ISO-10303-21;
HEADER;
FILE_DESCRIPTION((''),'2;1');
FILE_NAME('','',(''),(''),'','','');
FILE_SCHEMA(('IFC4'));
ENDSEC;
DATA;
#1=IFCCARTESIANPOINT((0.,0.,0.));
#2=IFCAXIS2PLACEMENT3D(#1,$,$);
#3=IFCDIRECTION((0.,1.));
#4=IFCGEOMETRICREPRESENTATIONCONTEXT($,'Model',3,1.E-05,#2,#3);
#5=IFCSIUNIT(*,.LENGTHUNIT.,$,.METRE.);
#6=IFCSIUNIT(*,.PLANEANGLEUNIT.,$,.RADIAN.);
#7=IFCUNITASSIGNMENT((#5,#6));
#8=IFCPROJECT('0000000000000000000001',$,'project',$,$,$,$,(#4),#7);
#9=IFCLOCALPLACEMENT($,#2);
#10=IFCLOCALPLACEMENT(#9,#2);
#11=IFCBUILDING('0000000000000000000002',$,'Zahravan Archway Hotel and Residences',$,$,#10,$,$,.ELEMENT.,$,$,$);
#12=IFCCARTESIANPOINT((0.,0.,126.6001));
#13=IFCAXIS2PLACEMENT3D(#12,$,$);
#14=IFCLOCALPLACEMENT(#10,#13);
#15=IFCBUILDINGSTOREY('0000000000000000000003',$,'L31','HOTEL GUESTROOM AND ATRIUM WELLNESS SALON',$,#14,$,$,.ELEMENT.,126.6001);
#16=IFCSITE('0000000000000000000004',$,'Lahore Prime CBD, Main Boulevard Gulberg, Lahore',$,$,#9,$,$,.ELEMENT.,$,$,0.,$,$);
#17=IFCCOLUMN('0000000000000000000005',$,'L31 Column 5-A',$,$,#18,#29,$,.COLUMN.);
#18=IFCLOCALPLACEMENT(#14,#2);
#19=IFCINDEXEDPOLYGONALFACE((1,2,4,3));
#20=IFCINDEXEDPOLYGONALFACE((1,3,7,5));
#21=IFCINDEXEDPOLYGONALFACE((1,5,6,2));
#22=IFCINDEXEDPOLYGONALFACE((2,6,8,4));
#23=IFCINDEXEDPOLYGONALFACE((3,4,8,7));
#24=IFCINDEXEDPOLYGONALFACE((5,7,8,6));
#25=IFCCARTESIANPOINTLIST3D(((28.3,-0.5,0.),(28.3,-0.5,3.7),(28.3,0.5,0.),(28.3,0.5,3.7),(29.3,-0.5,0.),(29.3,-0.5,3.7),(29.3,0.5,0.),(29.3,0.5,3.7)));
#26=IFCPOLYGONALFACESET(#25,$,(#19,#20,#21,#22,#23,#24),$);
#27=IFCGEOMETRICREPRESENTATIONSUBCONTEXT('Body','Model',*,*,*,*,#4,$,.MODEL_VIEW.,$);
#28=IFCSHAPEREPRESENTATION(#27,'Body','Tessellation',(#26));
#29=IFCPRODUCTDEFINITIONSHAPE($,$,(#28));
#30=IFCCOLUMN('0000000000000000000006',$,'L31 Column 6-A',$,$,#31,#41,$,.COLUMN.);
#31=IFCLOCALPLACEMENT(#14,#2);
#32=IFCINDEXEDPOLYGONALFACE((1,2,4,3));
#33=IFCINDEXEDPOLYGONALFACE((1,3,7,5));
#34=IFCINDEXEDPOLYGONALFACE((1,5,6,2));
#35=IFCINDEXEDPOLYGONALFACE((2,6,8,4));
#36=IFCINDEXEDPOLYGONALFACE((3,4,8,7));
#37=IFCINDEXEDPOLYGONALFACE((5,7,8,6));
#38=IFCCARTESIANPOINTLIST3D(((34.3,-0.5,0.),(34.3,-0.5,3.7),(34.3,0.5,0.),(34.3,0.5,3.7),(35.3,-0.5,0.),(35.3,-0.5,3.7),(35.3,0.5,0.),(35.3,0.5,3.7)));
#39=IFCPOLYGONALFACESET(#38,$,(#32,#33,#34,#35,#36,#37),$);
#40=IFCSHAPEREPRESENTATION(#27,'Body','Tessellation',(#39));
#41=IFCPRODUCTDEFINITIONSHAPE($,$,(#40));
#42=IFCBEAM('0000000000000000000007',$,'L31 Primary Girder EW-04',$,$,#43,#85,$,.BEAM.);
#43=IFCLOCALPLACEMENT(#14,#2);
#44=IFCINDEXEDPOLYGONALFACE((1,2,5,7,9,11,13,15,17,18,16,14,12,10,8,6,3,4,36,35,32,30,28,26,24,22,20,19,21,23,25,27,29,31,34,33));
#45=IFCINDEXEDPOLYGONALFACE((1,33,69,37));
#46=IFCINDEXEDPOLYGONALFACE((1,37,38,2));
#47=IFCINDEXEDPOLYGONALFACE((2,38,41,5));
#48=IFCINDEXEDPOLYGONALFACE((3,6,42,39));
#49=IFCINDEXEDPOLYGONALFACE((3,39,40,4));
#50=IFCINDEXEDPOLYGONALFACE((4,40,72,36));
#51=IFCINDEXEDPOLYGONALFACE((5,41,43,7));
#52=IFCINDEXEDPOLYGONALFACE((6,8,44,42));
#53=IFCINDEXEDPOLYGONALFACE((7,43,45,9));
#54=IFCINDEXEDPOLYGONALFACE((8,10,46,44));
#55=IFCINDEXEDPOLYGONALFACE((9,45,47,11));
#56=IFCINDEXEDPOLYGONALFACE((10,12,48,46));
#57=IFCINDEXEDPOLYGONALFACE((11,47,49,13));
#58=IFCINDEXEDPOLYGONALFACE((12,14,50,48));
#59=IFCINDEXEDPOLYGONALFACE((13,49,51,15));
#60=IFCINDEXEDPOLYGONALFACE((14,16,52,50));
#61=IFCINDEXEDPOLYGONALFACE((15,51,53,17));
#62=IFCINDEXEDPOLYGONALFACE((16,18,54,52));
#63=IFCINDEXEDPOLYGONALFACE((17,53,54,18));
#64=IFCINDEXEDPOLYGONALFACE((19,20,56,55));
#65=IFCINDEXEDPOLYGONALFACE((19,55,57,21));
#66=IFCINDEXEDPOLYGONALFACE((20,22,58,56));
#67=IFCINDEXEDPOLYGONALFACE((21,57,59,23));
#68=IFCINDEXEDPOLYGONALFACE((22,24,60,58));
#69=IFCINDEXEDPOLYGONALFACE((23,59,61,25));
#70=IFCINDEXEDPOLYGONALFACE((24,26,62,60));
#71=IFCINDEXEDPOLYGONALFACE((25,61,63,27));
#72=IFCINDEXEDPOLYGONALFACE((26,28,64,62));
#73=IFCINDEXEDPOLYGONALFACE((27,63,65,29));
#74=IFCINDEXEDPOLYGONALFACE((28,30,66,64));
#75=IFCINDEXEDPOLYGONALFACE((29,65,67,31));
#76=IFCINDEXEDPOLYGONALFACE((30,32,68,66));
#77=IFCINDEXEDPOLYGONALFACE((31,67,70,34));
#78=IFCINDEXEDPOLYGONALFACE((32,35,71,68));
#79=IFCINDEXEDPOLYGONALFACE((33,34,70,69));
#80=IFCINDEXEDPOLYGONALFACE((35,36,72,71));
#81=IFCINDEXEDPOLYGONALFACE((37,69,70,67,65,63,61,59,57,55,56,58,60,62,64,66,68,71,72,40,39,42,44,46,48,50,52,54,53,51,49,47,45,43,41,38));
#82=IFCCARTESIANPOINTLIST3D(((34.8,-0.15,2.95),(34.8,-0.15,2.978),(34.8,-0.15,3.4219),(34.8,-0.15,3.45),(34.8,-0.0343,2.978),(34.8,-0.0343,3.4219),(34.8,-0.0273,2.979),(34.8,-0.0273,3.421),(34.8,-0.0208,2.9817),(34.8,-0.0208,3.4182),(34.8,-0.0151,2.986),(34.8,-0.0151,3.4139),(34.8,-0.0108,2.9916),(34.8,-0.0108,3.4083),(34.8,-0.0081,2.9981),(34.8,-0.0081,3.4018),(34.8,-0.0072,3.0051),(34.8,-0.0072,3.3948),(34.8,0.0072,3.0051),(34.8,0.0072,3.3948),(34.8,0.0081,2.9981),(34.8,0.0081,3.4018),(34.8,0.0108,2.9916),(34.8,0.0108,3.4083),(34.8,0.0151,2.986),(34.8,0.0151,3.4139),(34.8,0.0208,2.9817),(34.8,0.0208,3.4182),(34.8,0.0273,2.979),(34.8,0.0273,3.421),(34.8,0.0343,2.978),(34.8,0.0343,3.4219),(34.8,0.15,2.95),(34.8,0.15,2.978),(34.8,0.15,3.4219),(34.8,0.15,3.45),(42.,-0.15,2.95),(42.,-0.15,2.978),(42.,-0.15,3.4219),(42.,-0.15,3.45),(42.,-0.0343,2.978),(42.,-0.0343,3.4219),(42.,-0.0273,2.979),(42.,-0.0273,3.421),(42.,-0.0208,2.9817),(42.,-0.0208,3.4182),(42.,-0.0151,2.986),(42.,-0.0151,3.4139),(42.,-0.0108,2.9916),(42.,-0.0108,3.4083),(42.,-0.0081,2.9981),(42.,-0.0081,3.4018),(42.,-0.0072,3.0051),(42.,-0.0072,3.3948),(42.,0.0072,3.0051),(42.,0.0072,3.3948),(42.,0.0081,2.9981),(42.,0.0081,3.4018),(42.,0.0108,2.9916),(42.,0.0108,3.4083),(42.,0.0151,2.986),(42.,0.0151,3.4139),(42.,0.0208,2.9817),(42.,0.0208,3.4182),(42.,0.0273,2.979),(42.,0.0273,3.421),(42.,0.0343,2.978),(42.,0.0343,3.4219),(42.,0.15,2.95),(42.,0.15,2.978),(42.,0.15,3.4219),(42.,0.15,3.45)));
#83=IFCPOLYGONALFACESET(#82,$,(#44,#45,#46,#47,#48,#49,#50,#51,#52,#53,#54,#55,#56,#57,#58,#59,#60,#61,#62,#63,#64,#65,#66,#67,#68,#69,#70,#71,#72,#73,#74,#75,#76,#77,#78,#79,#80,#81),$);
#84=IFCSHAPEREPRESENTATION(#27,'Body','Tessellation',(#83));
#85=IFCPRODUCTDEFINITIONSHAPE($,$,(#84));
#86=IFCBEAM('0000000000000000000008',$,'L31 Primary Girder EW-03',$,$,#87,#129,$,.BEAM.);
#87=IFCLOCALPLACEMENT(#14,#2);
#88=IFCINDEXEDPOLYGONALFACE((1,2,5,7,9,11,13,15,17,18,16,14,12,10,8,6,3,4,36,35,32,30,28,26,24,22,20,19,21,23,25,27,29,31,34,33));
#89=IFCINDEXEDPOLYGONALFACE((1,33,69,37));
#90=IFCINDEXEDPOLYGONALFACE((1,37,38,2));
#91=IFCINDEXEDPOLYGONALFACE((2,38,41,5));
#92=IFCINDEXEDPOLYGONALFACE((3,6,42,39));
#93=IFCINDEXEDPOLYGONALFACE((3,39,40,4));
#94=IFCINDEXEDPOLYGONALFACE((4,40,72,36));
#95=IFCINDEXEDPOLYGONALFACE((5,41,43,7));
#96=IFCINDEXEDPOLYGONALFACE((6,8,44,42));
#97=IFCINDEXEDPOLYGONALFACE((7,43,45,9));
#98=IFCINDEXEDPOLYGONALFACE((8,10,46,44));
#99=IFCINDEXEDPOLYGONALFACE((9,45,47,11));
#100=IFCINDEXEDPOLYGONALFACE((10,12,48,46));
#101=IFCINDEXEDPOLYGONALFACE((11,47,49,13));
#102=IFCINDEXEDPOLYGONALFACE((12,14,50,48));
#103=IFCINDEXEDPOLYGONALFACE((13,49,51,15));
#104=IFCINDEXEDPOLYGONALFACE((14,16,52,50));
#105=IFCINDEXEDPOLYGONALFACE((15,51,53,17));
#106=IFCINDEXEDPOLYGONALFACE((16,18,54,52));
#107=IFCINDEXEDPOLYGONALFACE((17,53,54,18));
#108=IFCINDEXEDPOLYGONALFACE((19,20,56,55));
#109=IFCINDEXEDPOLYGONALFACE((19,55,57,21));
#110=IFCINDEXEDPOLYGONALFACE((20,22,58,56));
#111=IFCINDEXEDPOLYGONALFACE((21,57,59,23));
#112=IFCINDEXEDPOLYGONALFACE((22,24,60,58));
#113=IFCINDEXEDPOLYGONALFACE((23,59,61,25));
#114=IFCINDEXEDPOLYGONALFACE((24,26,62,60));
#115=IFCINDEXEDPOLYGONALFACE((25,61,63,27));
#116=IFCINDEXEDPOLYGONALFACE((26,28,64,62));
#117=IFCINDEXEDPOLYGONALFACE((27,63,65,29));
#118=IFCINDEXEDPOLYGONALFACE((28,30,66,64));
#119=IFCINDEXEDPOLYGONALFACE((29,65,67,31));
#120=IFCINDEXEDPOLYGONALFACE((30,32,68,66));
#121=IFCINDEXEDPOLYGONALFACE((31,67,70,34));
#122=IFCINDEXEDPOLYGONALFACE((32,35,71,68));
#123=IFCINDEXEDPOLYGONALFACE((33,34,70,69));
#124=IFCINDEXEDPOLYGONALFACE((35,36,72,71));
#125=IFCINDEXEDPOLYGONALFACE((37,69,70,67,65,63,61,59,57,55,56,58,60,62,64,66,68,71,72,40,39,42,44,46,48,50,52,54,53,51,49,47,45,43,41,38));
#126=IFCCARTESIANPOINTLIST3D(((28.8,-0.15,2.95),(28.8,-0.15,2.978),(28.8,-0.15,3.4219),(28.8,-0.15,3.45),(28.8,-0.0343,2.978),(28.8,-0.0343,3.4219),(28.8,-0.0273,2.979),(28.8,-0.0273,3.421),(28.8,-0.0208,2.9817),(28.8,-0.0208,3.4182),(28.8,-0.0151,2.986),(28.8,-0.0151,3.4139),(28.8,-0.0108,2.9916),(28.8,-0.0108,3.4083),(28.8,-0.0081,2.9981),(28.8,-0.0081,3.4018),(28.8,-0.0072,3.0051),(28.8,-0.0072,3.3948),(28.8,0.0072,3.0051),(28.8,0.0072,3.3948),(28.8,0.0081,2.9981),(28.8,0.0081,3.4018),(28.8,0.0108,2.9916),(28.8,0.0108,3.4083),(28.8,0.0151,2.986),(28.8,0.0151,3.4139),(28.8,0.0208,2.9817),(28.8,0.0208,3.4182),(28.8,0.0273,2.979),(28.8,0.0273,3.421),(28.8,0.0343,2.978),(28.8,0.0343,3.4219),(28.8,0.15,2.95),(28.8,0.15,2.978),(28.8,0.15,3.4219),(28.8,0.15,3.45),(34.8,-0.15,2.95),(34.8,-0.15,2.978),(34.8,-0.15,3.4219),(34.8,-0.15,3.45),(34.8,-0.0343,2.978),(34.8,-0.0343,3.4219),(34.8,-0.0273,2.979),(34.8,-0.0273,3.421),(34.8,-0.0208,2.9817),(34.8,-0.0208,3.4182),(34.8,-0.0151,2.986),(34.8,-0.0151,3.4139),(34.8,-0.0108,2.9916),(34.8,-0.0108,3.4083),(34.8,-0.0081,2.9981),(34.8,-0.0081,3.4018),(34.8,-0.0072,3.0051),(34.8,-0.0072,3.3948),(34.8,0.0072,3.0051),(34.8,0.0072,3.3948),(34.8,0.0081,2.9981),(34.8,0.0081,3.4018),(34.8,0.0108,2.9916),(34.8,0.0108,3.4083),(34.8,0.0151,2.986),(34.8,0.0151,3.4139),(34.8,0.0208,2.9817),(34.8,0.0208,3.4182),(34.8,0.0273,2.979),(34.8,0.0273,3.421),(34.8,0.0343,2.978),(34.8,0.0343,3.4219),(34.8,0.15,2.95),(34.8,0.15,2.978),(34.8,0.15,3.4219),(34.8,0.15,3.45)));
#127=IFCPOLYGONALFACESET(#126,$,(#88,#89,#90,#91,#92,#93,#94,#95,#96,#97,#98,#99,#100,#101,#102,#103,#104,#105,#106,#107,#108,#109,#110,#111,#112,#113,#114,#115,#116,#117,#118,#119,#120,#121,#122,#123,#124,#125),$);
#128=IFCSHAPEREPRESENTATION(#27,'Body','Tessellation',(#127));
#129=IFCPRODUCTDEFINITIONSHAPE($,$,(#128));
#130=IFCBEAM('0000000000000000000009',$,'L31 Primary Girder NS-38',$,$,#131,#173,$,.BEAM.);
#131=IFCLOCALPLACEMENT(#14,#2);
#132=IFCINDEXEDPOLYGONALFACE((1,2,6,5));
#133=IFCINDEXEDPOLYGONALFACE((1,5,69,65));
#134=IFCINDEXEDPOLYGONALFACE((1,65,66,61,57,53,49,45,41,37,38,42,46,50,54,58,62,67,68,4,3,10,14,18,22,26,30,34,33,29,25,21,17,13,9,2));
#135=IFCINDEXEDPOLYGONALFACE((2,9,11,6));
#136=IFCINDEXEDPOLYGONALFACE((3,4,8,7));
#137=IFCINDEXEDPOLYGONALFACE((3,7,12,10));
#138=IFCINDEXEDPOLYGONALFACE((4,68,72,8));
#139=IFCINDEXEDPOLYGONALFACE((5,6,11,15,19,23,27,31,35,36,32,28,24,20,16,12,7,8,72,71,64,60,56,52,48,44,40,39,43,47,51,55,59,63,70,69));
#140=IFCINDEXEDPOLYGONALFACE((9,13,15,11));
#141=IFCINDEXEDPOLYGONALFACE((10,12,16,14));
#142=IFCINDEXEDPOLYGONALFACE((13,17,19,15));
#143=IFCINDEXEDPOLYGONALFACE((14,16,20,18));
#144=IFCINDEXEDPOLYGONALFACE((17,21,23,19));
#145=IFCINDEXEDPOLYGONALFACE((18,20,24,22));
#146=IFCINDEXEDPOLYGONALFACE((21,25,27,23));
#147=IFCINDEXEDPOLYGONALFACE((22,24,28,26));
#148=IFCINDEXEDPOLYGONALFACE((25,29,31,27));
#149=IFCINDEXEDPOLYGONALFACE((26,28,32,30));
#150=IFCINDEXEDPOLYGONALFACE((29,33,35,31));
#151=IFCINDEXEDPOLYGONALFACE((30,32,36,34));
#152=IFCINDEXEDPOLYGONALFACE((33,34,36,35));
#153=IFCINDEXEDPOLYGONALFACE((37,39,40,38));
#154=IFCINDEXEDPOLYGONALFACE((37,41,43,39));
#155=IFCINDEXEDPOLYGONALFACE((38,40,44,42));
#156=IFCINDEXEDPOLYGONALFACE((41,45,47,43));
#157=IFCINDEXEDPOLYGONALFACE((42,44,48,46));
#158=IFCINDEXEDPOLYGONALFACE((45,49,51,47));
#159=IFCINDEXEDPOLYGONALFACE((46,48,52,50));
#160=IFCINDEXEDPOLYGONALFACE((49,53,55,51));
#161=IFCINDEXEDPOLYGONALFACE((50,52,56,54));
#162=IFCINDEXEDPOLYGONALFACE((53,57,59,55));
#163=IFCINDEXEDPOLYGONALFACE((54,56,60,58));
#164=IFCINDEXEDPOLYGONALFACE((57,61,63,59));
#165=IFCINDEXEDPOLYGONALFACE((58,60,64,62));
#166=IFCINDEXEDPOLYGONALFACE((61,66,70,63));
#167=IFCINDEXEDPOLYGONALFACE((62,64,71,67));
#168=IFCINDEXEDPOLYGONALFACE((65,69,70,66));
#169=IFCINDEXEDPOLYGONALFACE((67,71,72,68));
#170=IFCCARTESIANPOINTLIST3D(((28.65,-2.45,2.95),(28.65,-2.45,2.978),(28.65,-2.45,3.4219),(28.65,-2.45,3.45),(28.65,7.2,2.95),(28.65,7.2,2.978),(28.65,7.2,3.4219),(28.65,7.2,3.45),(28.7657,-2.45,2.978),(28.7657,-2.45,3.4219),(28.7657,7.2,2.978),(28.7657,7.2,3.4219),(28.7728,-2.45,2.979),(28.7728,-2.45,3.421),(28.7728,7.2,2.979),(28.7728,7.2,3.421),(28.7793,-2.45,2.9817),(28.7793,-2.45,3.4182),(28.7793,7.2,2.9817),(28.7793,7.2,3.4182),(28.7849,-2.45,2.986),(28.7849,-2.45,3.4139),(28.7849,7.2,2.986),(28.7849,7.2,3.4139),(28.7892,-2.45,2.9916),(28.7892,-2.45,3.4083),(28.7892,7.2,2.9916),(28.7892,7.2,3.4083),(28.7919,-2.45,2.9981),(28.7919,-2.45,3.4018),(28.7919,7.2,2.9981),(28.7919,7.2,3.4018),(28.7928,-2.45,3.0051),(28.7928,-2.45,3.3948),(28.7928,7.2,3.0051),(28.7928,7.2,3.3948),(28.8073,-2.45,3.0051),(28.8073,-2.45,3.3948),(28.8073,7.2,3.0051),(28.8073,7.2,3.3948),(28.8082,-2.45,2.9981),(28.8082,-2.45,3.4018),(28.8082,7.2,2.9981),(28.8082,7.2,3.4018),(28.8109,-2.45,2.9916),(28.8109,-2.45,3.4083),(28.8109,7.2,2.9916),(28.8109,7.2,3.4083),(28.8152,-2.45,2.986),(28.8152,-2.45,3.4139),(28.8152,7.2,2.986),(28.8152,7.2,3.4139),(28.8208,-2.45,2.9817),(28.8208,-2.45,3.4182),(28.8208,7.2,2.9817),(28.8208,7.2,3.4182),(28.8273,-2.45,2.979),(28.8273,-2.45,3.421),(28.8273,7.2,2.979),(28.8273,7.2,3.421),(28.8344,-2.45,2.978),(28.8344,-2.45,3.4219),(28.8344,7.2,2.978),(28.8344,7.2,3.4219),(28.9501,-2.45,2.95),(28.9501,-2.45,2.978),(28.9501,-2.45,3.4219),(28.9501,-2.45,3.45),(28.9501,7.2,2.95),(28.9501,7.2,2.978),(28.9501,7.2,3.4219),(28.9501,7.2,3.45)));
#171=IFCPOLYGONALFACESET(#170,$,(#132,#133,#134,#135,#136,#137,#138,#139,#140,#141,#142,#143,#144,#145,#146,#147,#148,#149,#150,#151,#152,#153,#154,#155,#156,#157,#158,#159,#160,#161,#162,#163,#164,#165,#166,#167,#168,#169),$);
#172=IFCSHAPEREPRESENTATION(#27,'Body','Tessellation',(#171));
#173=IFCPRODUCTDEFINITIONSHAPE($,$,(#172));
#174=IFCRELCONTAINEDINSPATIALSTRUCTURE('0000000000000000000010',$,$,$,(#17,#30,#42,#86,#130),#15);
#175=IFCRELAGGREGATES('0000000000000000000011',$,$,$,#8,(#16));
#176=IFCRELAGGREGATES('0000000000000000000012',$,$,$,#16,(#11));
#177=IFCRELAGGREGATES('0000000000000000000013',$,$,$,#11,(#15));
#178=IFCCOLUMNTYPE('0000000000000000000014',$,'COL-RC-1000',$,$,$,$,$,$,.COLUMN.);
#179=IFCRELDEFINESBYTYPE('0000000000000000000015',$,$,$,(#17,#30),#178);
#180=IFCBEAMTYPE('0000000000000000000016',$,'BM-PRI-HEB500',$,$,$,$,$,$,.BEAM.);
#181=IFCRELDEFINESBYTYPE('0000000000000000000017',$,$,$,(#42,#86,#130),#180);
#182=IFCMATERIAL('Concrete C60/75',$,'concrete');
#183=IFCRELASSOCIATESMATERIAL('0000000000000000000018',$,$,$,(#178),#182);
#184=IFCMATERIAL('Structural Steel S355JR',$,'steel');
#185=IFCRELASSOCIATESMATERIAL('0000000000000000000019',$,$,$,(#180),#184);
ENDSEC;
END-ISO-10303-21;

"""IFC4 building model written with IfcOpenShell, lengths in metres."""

from ifc_helpers import new_model, si_unit, direction, frame, origin, origin_2d, place, context, subcontext, project, spatial, rectangle, i_section, extrude, source, transform, mapped, material, material_profile, profile_set, type_object, type_shapes, element, save


model = new_model("IFC4")

# Units and contexts
model_context = context("Model", 3, precision=1e-05, world=origin(), true_north=direction((0.0, 1.0)))
body_context = subcontext(model_context, "Body", "Model", "MODEL_VIEW")
ifc_project = project(units=[si_unit("LENGTHUNIT", "METRE"), si_unit("PLANEANGLEUNIT", "RADIAN")], contexts=[model_context])

# Site, building, storey
site_placement = place(None, origin())
site = spatial("IfcSite", under=ifc_project, at=site_placement, Name="Lahore Prime CBD, Main Boulevard Gulberg, Lahore", CompositionType="ELEMENT", RefElevation=0.0)
building_placement = place(site_placement, origin())
building = spatial("IfcBuilding", under=site, at=building_placement, Name="Zahravan Archway Hotel and Residences", CompositionType="ELEMENT")
storey_placement = place(building_placement, frame((0.0, 0.0, 126.6001)))
storey = spatial("IfcBuildingStorey", under=building, at=storey_placement, Name="L31", Description="HOTEL GUESTROOM AND ATRIUM WELLNESS SALON", CompositionType="ELEMENT", Elevation=126.6001)

# Columns
ifc_material_1 = material(Name="Concrete C60/75", Category="concrete")
ifc_material_profile_1 = material_profile(ifc_material_1, rectangle(XDim=1.0, YDim=1.0, at=origin_2d()), Name="RC-COL-1000x1000", Category="concrete")
ifc_profile_set_1 = profile_set([ifc_material_profile_1], Name="Concrete C60/75")
column_type = type_object("IfcColumnType", Name="COL-RC-1000", PredefinedType="COLUMN", material=ifc_profile_set_1)
shared_shape_1 = source(origin(), body_context, "Body", "SweptSolid", [
    extrude(rectangle(XDim=1.0, YDim=1.0, at=origin_2d()), origin(), (0.0, 0.0, 1.0), 3.7),
])
type_shapes(column_type, [shared_shape_1])
for number, where, z_axis, x_axis, name in (
    (1, (28.8, 0.0, 0.0), (0.0, 0.0, 1.0), (1.0, 0.0, 0.0), "L31 Column 5-A"),
    (2, (34.8, 0.0, 0.0), (0.0, 0.0, 1.0), (1.0, 0.0, 0.0), "L31 Column 6-A"),
):
    element("IfcColumn", number, at=place(storey_placement, frame(where, z_axis=z_axis, x_axis=x_axis)), inside=storey, type_object=column_type, Name=name, PredefinedType="COLUMN", context=body_context, shape_type="MappedRepresentation", body=[
        mapped(shared_shape_1, transform((0.0, 0.0, 0.0), scale=1.0)),
    ])

# Beams
ifc_material_2 = material(Name="Structural Steel S355JR", Category="steel")
ifc_material_profile_2 = material_profile(ifc_material_2, i_section(OverallWidth=0.3, OverallDepth=0.5, WebThickness=0.0144, FlangeThickness=0.0281, FilletRadius=0.0271, at=origin_2d()), Name="HEB 500", Category="steel")
ifc_profile_set_2 = profile_set([ifc_material_profile_2], Name="Structural Steel S355JR")
beam_type_1 = type_object("IfcBeamType", Name="BM-PRI-HEB500", PredefinedType="BEAM", material=ifc_profile_set_2)
shared_shape_2 = source(origin(), body_context, "Body", "SweptSolid", [
    extrude(i_section(OverallWidth=0.3, OverallDepth=0.5, WebThickness=0.0144, FlangeThickness=0.0281, FilletRadius=0.0271, at=origin_2d()), origin(), (0.0, 0.0, 1.0), 7.2),
])
beam_1_placement = place(storey_placement, frame((34.8, 0.0, 3.2), z_axis=(1.0, 0.0, 0.0), x_axis=(0.0, 1.0, 0.0)))
element("IfcBeam", 3, at=beam_1_placement, inside=storey, type_object=beam_type_1, Name="L31 Primary Girder EW-04", PredefinedType="BEAM", context=body_context, shape_type="MappedRepresentation", body=[
    mapped(shared_shape_2, transform((0.0, 0.0, 0.0), scale=1.0)),
])
shared_shape_3 = source(origin(), body_context, "Body", "SweptSolid", [
    extrude(i_section(OverallWidth=0.3, OverallDepth=0.5, WebThickness=0.0144, FlangeThickness=0.0281, FilletRadius=0.0271, at=origin_2d()), origin(), (0.0, 0.0, 1.0), 6.0),
])
beam_2_placement = place(storey_placement, frame((28.8, 0.0, 3.2), z_axis=(1.0, 0.0, 0.0), x_axis=(0.0, 1.0, 0.0)))
element("IfcBeam", 4, at=beam_2_placement, inside=storey, type_object=beam_type_1, Name="L31 Primary Girder EW-03", PredefinedType="BEAM", context=body_context, shape_type="MappedRepresentation", body=[
    mapped(shared_shape_3, transform((0.0, 0.0, 0.0), scale=1.0)),
])
shared_shape_4 = source(origin(), body_context, "Body", "SweptSolid", [
    extrude(i_section(OverallWidth=0.3, OverallDepth=0.5, WebThickness=0.0144, FlangeThickness=0.0281, FilletRadius=0.0271, at=origin_2d()), origin(), (0.0, 0.0, 1.0), 9.6499),
])
beam_3_placement = place(storey_placement, frame((28.8, -2.45, 3.2), z_axis=(0.0, 1.0, 0.0), x_axis=(-1.0, 0.0, 0.0)))
element("IfcBeam", 5, at=beam_3_placement, inside=storey, type_object=beam_type_1, Name="L31 Primary Girder NS-38", PredefinedType="BEAM", context=body_context, shape_type="MappedRepresentation", body=[
    mapped(shared_shape_4, transform((0.0, 0.0, 0.0), scale=1.0)),
])

save(model, "model.ifc")
